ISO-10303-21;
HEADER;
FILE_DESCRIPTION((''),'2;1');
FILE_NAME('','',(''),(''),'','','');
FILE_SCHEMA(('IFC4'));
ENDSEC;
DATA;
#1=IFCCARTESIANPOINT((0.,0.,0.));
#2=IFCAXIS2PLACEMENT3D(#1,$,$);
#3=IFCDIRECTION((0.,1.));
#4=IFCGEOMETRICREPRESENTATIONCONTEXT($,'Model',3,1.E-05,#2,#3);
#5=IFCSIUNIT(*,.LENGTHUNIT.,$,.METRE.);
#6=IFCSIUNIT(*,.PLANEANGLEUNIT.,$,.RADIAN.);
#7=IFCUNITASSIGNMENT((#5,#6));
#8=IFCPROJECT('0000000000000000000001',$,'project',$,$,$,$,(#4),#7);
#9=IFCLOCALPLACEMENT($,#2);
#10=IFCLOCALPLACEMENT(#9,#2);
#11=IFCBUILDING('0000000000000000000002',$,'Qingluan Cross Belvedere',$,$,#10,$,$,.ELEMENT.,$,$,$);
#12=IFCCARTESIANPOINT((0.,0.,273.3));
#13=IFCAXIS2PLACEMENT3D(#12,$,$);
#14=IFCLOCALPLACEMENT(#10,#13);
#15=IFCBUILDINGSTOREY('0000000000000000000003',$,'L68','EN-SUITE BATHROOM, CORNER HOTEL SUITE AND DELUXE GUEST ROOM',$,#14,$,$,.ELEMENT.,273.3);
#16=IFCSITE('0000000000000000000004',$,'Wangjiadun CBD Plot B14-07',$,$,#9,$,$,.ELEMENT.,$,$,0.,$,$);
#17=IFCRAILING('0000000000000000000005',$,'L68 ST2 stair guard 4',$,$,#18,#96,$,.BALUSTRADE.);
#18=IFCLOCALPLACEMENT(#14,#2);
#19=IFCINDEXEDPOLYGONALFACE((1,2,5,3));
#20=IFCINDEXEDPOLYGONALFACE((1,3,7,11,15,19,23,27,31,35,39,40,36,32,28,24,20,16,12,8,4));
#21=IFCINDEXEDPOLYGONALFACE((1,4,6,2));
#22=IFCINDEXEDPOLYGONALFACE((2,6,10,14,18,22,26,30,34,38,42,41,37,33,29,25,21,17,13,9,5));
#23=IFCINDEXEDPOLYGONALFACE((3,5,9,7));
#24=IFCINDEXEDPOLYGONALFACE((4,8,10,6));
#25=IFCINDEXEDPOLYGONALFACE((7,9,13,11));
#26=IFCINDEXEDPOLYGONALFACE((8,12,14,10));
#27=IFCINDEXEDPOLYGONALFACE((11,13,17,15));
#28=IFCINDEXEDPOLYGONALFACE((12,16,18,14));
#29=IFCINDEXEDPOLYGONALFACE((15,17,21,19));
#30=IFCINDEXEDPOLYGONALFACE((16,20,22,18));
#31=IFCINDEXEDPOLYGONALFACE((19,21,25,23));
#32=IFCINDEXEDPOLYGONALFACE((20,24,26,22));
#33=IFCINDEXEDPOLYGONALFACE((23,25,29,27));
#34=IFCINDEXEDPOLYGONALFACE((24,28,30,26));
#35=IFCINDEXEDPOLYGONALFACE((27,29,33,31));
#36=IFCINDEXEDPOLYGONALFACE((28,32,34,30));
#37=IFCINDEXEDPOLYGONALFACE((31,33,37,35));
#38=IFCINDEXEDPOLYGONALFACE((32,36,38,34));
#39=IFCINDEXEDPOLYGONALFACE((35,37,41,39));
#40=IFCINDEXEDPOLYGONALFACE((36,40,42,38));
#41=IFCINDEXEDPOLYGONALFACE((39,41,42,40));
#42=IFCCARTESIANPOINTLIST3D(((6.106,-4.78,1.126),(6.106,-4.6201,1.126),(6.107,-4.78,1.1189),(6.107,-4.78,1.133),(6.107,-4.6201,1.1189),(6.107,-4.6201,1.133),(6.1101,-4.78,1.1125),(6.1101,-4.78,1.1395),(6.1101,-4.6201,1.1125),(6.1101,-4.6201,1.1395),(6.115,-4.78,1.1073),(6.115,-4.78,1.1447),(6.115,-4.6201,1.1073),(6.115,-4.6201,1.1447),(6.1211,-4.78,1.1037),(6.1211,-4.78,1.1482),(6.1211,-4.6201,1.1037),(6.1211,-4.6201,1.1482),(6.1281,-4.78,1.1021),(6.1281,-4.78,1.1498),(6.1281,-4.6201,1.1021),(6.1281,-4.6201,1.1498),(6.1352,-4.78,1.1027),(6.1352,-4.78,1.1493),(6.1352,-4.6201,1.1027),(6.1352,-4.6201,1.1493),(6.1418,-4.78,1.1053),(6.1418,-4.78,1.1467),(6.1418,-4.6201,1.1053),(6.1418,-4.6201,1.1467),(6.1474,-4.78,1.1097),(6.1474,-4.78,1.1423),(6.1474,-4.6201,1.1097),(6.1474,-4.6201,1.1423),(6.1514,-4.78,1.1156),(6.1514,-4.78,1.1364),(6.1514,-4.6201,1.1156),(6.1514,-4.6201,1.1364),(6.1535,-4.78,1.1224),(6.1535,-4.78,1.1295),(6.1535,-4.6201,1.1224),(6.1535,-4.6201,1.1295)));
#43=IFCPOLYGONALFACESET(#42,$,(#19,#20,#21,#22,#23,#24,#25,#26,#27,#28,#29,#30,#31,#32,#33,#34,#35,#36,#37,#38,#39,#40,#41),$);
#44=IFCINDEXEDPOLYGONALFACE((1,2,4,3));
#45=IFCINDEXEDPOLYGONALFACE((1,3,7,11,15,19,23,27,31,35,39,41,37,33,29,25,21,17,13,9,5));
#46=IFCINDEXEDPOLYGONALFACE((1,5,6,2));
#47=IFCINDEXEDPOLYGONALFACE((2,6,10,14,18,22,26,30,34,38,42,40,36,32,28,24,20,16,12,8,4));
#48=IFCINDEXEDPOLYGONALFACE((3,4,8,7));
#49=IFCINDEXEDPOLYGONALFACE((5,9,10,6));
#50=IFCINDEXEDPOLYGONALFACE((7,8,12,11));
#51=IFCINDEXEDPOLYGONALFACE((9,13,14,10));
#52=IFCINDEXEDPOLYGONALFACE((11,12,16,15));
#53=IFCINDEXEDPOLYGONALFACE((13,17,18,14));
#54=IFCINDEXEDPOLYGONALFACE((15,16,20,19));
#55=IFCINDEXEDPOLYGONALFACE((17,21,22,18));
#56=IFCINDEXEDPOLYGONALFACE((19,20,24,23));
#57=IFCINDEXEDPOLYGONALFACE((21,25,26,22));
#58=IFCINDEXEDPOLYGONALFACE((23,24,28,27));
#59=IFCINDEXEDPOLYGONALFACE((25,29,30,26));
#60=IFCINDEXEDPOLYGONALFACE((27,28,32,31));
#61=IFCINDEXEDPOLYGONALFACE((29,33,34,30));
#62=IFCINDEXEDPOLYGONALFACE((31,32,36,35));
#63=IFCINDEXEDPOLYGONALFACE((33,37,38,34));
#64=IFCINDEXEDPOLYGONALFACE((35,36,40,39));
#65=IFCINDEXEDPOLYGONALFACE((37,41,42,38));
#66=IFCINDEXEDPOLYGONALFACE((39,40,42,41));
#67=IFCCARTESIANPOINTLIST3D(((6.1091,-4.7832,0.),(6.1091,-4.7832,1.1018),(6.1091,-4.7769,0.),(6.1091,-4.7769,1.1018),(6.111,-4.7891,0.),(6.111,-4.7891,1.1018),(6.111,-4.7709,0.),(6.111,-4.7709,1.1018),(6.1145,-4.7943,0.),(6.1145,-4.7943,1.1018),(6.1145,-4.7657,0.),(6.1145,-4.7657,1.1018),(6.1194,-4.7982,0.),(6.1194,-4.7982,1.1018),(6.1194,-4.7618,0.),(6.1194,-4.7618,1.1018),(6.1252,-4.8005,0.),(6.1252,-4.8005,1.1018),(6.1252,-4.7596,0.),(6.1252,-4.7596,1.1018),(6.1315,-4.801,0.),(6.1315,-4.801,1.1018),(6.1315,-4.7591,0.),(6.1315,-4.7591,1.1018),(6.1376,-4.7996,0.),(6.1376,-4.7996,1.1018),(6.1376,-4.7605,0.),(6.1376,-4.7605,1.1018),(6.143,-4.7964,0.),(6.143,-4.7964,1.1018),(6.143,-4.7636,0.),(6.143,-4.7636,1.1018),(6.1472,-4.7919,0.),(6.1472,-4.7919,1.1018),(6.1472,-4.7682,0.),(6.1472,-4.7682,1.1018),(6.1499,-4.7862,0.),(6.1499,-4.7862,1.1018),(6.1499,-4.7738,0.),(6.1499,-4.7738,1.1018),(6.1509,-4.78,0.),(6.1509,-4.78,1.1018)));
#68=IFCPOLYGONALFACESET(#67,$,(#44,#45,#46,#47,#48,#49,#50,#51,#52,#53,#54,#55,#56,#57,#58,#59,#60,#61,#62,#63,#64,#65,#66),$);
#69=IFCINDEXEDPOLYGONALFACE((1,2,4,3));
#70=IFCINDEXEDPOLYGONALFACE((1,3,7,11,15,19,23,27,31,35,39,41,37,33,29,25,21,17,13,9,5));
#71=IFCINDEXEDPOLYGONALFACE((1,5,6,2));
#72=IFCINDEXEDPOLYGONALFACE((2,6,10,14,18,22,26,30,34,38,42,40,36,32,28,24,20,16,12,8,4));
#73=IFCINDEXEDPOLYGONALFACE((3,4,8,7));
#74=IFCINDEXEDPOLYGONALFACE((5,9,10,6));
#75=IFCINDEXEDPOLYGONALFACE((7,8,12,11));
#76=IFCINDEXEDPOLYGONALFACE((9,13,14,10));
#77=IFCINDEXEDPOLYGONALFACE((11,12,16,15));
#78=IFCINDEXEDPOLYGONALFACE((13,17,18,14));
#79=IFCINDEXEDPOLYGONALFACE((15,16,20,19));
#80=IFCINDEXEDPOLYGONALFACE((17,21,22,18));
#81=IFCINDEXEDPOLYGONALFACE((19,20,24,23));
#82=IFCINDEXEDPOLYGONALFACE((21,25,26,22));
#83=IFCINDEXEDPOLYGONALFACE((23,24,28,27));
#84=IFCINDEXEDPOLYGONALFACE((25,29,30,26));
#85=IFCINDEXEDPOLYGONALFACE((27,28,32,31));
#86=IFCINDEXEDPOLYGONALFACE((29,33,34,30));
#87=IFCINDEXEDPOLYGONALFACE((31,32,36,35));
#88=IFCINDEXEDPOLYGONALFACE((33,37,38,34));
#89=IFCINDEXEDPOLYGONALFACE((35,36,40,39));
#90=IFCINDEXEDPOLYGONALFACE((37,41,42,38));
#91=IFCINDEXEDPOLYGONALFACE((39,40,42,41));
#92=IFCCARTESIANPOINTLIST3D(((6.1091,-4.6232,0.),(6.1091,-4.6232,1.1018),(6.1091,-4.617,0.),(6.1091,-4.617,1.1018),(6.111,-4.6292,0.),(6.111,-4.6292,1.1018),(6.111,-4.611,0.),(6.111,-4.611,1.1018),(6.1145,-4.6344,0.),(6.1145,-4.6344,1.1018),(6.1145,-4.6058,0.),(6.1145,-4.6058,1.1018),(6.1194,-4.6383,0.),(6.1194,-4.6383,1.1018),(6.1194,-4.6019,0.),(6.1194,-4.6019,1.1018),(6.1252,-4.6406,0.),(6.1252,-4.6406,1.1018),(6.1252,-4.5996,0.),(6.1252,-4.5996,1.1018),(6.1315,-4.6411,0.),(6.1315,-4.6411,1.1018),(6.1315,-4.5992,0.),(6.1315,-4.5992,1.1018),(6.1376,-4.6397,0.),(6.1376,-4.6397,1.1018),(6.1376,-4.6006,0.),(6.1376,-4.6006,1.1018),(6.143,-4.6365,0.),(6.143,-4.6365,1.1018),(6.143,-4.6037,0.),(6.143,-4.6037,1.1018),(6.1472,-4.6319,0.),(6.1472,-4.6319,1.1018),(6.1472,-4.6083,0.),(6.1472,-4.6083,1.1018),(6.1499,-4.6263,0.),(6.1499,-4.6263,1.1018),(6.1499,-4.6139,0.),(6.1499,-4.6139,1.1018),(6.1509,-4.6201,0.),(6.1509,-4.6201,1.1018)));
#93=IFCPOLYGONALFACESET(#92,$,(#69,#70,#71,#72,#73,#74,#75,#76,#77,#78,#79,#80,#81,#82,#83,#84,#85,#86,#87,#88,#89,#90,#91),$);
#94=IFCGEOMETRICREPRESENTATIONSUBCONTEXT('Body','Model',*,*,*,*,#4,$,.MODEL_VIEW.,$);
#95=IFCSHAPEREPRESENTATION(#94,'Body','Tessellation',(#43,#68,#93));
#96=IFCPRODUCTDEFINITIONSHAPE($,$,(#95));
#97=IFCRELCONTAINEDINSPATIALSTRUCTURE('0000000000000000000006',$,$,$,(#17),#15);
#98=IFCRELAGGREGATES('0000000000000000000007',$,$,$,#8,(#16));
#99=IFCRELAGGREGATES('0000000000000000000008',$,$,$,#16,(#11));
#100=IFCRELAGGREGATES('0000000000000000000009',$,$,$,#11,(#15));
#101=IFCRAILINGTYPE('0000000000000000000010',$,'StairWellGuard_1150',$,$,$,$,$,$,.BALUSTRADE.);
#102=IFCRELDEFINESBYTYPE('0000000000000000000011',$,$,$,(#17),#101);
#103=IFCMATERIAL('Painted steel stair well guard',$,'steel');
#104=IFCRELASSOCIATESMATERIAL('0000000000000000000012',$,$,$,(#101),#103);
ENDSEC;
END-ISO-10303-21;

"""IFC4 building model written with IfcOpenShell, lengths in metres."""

from ifc_helpers import new_model, si_unit, direction, frame, origin, origin_2d, place, context, subcontext, project, spatial, circle, extrude, material, type_object, element, save


model = new_model("IFC4")

# Units and contexts
model_context = context("Model", 3, precision=1e-05, world=origin(), true_north=direction((0.0, 1.0)))
body_context = subcontext(model_context, "Body", "Model", "MODEL_VIEW")
ifc_project = project(units=[si_unit("LENGTHUNIT", "METRE"), si_unit("PLANEANGLEUNIT", "RADIAN")], contexts=[model_context])

# Site, building, storey
site_placement = place(None, origin())
site = spatial("IfcSite", under=ifc_project, at=site_placement, Name="Wangjiadun CBD Plot B14-07", CompositionType="ELEMENT", RefElevation=0.0)
building_placement = place(site_placement, origin())
building = spatial("IfcBuilding", under=site, at=building_placement, Name="Qingluan Cross Belvedere", CompositionType="ELEMENT")
storey_placement = place(building_placement, frame((0.0, 0.0, 273.3)))
storey = spatial("IfcBuildingStorey", under=building, at=storey_placement, Name="L68", Description="EN-SUITE BATHROOM, CORNER HOTEL SUITE AND DELUXE GUEST ROOM", CompositionType="ELEMENT", Elevation=273.3)

# Railing
ifc_material_1 = material(Name="Painted steel stair well guard", Category="steel")
railing_type_1 = type_object("IfcRailingType", Name="StairWellGuard_1150", PredefinedType="BALUSTRADE", material=ifc_material_1)
railing_1_placement = place(storey_placement, frame((6.1299, -4.78, 0.0)))
element("IfcRailing", 1, at=railing_1_placement, inside=storey, type_object=railing_type_1, Name="L68 ST2 stair guard 4", PredefinedType="BALUSTRADE", context=body_context, shape_type="SweptSolid", body=[
    extrude(circle(Radius=0.0239, at=origin_2d()), frame((0.0, 0.0, 1.126), z_axis=(0.0, 1.0, 0.0), x_axis=(-1.0, 0.0, 0.0)), (0.0, 0.0, 1.0), 0.1599),
    extrude(circle(Radius=0.021, at=origin_2d()), origin(), (0.0, 0.0, 1.0), 1.1018),
    extrude(circle(Radius=0.021, at=origin_2d()), frame((0.0, 0.1599, 0.0)), (0.0, 0.0, 1.0), 1.1018),
])

save(model, "model.ifc")
